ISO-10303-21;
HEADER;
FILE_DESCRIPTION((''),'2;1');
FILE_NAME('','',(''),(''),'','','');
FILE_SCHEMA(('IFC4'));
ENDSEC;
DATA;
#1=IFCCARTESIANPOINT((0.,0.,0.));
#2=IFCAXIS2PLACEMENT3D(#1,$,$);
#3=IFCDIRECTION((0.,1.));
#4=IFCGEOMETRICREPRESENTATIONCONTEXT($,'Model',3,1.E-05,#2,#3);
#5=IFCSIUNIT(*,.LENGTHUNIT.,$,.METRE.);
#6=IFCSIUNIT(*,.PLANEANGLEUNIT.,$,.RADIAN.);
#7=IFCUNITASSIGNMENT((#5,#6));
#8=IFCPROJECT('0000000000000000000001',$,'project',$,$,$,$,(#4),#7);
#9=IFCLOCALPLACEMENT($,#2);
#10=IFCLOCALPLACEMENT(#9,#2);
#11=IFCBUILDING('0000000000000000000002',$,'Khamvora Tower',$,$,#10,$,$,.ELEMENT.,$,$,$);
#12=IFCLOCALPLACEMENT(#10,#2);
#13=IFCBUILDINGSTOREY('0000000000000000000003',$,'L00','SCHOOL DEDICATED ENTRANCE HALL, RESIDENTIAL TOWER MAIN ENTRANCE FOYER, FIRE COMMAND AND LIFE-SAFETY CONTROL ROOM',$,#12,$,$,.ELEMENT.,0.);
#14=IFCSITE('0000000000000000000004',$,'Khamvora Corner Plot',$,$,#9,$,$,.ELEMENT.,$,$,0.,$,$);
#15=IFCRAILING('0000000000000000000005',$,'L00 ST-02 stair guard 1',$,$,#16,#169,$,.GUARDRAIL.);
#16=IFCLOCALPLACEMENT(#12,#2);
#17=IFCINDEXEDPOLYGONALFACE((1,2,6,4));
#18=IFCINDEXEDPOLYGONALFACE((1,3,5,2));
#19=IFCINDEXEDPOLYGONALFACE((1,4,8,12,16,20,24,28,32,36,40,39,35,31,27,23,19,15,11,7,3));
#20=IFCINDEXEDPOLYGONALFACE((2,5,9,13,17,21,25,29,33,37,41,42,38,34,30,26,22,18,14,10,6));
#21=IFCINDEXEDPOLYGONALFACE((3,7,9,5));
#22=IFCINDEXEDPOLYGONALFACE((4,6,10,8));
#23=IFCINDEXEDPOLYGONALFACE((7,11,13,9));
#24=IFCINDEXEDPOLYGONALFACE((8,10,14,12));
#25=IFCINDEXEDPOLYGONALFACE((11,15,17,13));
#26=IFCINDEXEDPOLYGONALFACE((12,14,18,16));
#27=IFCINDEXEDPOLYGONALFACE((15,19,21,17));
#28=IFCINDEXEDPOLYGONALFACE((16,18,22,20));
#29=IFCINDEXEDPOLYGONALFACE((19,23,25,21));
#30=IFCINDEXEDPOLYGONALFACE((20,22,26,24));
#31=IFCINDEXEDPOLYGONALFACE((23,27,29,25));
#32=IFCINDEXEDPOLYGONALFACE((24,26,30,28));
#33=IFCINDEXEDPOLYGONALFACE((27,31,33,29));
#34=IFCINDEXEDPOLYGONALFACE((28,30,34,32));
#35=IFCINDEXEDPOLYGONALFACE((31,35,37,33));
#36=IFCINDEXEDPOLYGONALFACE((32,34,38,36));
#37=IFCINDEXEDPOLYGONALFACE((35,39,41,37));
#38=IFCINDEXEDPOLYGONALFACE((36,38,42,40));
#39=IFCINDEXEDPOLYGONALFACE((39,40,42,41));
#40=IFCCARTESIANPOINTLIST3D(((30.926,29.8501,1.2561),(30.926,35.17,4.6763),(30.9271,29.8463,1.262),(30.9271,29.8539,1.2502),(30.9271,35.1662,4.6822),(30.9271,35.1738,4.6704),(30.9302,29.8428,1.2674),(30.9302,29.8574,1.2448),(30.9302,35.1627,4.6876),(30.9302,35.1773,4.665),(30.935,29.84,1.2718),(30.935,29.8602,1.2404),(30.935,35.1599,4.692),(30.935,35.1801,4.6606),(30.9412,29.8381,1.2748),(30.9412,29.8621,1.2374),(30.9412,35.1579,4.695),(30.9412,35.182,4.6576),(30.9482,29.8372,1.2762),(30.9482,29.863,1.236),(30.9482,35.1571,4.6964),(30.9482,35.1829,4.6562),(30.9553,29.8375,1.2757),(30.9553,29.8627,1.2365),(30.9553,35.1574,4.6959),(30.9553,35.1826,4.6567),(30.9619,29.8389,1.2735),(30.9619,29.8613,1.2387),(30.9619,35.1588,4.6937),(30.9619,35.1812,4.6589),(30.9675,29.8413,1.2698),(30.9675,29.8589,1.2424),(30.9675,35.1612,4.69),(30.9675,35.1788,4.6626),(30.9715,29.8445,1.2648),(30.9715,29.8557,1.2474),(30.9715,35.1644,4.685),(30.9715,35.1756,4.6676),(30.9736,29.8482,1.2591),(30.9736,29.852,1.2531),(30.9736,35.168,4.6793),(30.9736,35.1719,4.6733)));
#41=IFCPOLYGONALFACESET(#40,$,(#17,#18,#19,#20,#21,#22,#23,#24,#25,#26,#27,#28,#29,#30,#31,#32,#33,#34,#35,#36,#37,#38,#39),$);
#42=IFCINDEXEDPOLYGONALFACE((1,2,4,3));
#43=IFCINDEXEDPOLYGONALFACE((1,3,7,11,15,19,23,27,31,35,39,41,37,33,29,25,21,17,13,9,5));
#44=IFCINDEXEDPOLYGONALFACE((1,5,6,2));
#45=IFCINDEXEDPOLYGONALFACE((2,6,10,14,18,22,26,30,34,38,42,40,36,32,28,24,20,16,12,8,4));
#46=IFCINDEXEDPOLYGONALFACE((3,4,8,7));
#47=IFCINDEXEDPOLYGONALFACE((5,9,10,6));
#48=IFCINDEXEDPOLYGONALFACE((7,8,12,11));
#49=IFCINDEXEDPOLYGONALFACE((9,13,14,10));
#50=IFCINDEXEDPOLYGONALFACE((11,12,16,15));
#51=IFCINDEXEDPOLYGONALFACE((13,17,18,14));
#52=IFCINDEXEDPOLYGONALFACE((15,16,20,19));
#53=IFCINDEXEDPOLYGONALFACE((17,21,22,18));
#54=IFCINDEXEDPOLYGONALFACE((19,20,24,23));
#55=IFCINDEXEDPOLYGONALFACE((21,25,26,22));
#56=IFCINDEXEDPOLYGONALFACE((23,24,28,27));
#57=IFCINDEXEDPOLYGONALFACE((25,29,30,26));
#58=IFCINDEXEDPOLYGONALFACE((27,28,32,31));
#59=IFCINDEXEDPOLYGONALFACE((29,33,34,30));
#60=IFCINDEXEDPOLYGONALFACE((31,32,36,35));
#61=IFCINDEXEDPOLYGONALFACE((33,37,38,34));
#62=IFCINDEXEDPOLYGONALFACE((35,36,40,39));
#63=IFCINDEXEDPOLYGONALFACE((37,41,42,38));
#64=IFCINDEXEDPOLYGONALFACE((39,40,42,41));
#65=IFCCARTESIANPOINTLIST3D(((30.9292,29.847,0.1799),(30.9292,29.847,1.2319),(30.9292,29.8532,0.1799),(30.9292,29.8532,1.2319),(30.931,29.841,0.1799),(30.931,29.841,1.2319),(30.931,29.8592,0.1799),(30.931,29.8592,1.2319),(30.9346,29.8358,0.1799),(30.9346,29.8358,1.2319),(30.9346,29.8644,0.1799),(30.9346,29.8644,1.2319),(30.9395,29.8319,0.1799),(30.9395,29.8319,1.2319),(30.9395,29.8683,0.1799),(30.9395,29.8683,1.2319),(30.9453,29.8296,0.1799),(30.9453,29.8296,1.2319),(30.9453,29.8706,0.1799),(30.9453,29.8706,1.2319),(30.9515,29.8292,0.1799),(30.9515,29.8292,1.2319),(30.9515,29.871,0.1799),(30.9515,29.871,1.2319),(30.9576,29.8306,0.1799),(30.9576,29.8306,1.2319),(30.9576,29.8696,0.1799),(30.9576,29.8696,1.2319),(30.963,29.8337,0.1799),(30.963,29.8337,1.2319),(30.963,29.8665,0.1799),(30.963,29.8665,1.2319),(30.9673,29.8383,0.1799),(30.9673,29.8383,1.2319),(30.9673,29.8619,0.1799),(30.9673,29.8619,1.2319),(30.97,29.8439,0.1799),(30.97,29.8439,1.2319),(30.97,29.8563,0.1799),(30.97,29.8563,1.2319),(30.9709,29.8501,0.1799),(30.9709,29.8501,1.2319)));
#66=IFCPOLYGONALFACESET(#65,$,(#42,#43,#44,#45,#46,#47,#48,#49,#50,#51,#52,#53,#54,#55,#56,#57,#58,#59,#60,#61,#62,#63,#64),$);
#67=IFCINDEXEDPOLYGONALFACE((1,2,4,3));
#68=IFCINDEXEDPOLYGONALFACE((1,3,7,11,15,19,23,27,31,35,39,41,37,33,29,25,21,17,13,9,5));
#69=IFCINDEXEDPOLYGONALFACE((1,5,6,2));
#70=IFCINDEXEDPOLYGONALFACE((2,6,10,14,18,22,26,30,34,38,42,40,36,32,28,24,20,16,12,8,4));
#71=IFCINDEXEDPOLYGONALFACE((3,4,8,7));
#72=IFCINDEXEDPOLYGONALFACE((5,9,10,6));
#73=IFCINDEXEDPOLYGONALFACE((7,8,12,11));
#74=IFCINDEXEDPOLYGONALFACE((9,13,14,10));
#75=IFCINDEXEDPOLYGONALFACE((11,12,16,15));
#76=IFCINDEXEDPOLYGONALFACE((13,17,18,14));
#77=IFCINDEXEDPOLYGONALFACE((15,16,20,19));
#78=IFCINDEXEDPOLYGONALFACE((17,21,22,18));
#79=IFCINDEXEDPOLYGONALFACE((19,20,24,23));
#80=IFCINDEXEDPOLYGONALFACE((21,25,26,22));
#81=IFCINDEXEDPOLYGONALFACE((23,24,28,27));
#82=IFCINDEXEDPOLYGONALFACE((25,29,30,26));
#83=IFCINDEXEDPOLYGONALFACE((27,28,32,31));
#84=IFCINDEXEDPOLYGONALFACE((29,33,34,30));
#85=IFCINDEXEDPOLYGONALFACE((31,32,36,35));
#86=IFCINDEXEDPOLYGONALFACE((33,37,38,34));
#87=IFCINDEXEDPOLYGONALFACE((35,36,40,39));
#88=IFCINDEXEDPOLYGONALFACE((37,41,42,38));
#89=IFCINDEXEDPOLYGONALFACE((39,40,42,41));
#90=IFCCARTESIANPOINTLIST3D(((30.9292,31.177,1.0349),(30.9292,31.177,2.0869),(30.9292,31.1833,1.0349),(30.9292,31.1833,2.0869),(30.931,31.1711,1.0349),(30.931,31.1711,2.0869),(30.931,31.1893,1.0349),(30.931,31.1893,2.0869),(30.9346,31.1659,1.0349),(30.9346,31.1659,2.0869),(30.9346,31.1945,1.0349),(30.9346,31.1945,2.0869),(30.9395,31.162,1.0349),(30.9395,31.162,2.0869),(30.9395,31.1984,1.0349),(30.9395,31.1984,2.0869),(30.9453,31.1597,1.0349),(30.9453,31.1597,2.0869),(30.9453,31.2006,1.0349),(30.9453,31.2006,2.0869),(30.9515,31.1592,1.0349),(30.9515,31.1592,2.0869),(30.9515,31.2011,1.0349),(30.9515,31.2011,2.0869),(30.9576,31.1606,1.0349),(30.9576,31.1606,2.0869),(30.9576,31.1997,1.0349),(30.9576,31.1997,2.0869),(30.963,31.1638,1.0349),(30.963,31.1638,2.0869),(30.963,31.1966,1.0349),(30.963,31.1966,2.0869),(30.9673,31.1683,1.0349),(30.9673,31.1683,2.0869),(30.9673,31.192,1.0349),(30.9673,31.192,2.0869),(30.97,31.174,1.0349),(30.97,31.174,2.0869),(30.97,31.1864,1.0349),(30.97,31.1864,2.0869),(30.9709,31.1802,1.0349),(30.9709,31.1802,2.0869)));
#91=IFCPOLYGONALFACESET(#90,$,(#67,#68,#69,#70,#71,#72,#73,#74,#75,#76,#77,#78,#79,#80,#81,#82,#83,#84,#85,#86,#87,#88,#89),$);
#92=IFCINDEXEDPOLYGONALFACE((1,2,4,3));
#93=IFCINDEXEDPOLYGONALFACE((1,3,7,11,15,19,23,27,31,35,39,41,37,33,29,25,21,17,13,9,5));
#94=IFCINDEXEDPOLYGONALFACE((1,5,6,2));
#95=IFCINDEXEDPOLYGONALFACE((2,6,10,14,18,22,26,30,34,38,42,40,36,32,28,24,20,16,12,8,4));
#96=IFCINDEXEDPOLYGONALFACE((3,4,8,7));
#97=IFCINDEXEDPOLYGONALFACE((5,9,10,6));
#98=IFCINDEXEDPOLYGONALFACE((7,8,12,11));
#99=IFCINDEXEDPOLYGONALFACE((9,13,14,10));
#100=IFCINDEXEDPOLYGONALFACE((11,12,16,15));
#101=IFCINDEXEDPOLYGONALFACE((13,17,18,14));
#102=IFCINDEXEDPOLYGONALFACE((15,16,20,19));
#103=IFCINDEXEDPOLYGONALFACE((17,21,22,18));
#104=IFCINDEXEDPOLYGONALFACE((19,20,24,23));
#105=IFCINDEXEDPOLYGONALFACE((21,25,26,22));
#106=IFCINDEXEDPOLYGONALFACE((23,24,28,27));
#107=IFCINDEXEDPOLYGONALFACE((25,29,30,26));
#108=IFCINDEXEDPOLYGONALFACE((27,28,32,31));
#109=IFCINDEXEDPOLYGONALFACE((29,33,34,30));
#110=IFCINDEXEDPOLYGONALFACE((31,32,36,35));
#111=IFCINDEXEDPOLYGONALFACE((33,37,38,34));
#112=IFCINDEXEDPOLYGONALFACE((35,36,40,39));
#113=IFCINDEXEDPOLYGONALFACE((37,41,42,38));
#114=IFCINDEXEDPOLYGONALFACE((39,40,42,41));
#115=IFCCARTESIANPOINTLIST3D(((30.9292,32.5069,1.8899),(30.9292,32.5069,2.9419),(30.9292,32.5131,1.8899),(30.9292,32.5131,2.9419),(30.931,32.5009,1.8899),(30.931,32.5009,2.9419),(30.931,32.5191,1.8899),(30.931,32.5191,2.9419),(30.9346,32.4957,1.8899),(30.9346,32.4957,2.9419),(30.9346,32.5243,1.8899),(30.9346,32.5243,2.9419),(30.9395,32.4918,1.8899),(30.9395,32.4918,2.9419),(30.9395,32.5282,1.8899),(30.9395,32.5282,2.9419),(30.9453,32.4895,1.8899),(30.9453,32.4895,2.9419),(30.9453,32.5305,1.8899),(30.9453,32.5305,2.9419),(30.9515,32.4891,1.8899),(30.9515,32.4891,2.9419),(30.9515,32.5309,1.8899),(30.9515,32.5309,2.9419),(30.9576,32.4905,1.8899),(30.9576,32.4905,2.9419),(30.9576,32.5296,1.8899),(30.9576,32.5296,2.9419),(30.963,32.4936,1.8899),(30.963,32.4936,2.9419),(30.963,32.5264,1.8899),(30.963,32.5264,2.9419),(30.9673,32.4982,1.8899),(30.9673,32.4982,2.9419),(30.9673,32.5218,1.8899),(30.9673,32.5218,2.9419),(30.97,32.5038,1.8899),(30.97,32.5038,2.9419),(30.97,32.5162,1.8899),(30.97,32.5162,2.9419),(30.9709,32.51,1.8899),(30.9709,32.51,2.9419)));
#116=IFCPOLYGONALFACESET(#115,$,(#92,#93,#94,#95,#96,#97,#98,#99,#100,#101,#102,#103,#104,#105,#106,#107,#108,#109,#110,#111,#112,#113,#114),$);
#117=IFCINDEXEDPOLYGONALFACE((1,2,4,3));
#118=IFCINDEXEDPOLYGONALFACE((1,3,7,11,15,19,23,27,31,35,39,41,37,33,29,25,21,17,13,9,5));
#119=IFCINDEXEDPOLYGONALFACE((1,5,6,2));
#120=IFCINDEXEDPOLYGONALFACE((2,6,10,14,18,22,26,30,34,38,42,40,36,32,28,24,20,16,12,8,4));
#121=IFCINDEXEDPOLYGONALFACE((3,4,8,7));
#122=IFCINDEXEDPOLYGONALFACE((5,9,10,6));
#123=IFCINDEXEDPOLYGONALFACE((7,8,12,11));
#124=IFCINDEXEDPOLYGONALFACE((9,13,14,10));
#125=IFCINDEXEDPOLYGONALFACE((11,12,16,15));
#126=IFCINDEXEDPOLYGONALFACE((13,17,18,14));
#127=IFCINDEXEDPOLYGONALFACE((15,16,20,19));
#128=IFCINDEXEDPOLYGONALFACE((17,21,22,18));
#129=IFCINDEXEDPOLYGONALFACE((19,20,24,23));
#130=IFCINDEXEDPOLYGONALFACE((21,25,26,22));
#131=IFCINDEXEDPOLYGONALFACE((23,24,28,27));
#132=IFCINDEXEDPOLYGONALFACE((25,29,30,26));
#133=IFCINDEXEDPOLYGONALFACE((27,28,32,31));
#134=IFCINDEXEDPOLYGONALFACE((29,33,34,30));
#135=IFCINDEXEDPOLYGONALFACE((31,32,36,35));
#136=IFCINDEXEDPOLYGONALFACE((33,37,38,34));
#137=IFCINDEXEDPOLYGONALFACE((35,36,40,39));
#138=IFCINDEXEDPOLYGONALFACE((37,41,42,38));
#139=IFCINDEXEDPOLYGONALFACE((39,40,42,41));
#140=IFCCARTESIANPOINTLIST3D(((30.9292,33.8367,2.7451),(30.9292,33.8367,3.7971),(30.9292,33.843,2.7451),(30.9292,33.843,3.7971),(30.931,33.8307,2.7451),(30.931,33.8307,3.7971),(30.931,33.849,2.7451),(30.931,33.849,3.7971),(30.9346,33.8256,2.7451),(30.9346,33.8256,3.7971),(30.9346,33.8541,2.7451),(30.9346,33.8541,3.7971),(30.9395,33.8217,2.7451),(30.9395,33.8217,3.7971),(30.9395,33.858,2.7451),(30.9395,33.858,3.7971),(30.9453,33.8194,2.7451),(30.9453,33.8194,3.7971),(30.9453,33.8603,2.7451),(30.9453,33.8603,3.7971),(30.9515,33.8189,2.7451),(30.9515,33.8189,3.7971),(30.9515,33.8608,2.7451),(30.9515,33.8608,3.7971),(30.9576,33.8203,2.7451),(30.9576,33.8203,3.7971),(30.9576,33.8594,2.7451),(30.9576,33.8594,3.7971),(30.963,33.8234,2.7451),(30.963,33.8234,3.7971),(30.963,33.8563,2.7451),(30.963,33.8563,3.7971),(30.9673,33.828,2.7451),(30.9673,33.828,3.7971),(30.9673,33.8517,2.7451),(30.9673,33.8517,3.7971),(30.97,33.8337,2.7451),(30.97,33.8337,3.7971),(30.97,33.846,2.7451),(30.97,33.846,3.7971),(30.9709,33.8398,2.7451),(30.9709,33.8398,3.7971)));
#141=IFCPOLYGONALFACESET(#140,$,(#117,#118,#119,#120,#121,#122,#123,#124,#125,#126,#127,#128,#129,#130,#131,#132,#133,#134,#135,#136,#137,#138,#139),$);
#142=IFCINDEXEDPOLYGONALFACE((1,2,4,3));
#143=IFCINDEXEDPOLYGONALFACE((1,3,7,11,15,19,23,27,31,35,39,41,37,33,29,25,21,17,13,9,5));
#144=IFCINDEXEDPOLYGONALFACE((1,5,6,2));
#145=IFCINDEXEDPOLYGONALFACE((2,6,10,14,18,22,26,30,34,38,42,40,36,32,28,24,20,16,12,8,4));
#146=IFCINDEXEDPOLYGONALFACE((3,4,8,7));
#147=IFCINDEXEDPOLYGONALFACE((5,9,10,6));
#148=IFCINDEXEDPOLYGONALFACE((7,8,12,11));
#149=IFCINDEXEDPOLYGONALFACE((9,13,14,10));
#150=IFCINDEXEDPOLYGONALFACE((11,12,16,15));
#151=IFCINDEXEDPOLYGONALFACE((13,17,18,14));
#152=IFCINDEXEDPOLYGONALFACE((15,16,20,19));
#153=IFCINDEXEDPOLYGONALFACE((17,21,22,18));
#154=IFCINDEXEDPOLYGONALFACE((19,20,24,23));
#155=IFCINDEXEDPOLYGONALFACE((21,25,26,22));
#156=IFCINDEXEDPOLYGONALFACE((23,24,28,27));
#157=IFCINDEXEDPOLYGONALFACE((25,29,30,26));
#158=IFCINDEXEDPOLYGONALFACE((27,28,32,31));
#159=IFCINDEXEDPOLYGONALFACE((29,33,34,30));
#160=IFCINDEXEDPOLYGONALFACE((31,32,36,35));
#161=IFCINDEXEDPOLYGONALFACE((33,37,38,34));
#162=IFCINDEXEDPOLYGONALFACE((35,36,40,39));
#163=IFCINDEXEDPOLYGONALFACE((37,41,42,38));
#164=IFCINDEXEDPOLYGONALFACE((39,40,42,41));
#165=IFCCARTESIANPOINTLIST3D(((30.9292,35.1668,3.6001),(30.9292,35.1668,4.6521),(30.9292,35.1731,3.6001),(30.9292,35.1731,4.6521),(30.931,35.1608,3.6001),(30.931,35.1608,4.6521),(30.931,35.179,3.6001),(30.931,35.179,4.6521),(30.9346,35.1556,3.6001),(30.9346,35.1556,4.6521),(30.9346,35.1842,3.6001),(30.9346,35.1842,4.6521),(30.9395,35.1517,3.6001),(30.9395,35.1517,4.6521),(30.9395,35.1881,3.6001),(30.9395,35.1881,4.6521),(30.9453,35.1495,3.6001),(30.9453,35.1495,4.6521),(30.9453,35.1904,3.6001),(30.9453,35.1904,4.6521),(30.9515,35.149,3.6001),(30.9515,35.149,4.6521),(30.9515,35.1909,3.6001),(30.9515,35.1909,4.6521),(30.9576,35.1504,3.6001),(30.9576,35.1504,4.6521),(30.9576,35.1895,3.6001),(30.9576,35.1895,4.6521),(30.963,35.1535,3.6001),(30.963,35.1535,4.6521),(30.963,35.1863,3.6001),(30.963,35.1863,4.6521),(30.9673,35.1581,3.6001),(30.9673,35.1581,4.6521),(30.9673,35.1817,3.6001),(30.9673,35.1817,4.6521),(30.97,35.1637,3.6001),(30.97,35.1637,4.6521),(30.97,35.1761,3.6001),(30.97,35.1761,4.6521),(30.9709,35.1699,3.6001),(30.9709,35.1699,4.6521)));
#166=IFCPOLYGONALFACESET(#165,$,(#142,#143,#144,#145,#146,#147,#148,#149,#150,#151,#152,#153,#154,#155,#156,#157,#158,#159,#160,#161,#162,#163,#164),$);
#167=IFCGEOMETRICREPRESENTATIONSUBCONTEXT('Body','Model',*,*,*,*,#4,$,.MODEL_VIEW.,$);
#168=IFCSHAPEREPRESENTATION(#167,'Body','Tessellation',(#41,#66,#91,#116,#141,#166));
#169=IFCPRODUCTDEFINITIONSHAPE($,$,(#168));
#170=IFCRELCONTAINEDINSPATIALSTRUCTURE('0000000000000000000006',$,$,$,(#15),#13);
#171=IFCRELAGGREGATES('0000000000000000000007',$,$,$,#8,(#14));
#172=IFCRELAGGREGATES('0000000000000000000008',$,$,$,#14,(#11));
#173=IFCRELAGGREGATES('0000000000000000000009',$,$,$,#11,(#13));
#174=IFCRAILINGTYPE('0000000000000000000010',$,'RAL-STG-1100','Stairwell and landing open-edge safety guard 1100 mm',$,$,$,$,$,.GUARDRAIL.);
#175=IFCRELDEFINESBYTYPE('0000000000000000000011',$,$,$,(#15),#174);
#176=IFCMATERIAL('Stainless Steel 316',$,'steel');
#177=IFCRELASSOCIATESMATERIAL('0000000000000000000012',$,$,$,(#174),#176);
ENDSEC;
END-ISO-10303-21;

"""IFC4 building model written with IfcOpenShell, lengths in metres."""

from ifc_helpers import new_model, si_unit, direction, frame, origin, origin_2d, place, context, subcontext, project, spatial, circle, extrude, material, type_object, element, save


model = new_model("IFC4")

# Units and contexts
model_context = context("Model", 3, precision=1e-05, world=origin(), true_north=direction((0.0, 1.0)))
body_context = subcontext(model_context, "Body", "Model", "MODEL_VIEW")
ifc_project = project(units=[si_unit("LENGTHUNIT", "METRE"), si_unit("PLANEANGLEUNIT", "RADIAN")], contexts=[model_context])

# Site, building, storey
site_placement = place(None, origin())
site = spatial("IfcSite", under=ifc_project, at=site_placement, Name="Khamvora Corner Plot", CompositionType="ELEMENT", RefElevation=0.0)
building_placement = place(site_placement, origin())
building = spatial("IfcBuilding", under=site, at=building_placement, Name="Khamvora Tower", CompositionType="ELEMENT")
storey_placement = place(building_placement, origin())
storey = spatial("IfcBuildingStorey", under=building, at=storey_placement, Name="L00", Description="SCHOOL DEDICATED ENTRANCE HALL, RESIDENTIAL TOWER MAIN ENTRANCE FOYER, FIRE COMMAND AND LIFE-SAFETY CONTROL ROOM", CompositionType="ELEMENT", Elevation=0.0)

# Railing
ifc_material_1 = material(Name="Stainless Steel 316", Category="steel")
railing_type_1 = type_object("IfcRailingType", Name="RAL-STG-1100", Description="Stairwell and landing open-edge safety guard 1100 mm", PredefinedType="GUARDRAIL", material=ifc_material_1)
railing_1_placement = place(storey_placement, frame((30.95, 29.8501, 0.1799)))
element("IfcRailing", 1, at=railing_1_placement, inside=storey, type_object=railing_type_1, Name="L00 ST-02 stair guard 1", PredefinedType="GUARDRAIL", context=body_context, shape_type="SweptSolid", body=[
    extrude(circle(Radius=0.0239, at=origin_2d()), frame((0.0, 0.0, 1.0762), z_axis=(0.0, 0.841158, 0.540789), x_axis=(-1.0, 0.0, 0.0)), (0.0, 0.0, 1.0), 6.3245),
    extrude(circle(Radius=0.021, at=origin_2d()), origin(), (0.0, 0.0, 1.0), 1.052),
    extrude(circle(Radius=0.021, at=origin_2d()), frame((0.0, 1.3301, 0.855)), (0.0, 0.0, 1.0), 1.052),
    extrude(circle(Radius=0.021, at=origin_2d()), frame((0.0, 2.6599, 1.71)), (0.0, 0.0, 1.0), 1.052),
    extrude(circle(Radius=0.021, at=origin_2d()), frame((0.0, 3.9897, 2.5652)), (0.0, 0.0, 1.0), 1.052),
    extrude(circle(Radius=0.021, at=origin_2d()), frame((0.0, 5.3198, 3.4202)), (0.0, 0.0, 1.0), 1.052),
])

save(model, "model.ifc")
